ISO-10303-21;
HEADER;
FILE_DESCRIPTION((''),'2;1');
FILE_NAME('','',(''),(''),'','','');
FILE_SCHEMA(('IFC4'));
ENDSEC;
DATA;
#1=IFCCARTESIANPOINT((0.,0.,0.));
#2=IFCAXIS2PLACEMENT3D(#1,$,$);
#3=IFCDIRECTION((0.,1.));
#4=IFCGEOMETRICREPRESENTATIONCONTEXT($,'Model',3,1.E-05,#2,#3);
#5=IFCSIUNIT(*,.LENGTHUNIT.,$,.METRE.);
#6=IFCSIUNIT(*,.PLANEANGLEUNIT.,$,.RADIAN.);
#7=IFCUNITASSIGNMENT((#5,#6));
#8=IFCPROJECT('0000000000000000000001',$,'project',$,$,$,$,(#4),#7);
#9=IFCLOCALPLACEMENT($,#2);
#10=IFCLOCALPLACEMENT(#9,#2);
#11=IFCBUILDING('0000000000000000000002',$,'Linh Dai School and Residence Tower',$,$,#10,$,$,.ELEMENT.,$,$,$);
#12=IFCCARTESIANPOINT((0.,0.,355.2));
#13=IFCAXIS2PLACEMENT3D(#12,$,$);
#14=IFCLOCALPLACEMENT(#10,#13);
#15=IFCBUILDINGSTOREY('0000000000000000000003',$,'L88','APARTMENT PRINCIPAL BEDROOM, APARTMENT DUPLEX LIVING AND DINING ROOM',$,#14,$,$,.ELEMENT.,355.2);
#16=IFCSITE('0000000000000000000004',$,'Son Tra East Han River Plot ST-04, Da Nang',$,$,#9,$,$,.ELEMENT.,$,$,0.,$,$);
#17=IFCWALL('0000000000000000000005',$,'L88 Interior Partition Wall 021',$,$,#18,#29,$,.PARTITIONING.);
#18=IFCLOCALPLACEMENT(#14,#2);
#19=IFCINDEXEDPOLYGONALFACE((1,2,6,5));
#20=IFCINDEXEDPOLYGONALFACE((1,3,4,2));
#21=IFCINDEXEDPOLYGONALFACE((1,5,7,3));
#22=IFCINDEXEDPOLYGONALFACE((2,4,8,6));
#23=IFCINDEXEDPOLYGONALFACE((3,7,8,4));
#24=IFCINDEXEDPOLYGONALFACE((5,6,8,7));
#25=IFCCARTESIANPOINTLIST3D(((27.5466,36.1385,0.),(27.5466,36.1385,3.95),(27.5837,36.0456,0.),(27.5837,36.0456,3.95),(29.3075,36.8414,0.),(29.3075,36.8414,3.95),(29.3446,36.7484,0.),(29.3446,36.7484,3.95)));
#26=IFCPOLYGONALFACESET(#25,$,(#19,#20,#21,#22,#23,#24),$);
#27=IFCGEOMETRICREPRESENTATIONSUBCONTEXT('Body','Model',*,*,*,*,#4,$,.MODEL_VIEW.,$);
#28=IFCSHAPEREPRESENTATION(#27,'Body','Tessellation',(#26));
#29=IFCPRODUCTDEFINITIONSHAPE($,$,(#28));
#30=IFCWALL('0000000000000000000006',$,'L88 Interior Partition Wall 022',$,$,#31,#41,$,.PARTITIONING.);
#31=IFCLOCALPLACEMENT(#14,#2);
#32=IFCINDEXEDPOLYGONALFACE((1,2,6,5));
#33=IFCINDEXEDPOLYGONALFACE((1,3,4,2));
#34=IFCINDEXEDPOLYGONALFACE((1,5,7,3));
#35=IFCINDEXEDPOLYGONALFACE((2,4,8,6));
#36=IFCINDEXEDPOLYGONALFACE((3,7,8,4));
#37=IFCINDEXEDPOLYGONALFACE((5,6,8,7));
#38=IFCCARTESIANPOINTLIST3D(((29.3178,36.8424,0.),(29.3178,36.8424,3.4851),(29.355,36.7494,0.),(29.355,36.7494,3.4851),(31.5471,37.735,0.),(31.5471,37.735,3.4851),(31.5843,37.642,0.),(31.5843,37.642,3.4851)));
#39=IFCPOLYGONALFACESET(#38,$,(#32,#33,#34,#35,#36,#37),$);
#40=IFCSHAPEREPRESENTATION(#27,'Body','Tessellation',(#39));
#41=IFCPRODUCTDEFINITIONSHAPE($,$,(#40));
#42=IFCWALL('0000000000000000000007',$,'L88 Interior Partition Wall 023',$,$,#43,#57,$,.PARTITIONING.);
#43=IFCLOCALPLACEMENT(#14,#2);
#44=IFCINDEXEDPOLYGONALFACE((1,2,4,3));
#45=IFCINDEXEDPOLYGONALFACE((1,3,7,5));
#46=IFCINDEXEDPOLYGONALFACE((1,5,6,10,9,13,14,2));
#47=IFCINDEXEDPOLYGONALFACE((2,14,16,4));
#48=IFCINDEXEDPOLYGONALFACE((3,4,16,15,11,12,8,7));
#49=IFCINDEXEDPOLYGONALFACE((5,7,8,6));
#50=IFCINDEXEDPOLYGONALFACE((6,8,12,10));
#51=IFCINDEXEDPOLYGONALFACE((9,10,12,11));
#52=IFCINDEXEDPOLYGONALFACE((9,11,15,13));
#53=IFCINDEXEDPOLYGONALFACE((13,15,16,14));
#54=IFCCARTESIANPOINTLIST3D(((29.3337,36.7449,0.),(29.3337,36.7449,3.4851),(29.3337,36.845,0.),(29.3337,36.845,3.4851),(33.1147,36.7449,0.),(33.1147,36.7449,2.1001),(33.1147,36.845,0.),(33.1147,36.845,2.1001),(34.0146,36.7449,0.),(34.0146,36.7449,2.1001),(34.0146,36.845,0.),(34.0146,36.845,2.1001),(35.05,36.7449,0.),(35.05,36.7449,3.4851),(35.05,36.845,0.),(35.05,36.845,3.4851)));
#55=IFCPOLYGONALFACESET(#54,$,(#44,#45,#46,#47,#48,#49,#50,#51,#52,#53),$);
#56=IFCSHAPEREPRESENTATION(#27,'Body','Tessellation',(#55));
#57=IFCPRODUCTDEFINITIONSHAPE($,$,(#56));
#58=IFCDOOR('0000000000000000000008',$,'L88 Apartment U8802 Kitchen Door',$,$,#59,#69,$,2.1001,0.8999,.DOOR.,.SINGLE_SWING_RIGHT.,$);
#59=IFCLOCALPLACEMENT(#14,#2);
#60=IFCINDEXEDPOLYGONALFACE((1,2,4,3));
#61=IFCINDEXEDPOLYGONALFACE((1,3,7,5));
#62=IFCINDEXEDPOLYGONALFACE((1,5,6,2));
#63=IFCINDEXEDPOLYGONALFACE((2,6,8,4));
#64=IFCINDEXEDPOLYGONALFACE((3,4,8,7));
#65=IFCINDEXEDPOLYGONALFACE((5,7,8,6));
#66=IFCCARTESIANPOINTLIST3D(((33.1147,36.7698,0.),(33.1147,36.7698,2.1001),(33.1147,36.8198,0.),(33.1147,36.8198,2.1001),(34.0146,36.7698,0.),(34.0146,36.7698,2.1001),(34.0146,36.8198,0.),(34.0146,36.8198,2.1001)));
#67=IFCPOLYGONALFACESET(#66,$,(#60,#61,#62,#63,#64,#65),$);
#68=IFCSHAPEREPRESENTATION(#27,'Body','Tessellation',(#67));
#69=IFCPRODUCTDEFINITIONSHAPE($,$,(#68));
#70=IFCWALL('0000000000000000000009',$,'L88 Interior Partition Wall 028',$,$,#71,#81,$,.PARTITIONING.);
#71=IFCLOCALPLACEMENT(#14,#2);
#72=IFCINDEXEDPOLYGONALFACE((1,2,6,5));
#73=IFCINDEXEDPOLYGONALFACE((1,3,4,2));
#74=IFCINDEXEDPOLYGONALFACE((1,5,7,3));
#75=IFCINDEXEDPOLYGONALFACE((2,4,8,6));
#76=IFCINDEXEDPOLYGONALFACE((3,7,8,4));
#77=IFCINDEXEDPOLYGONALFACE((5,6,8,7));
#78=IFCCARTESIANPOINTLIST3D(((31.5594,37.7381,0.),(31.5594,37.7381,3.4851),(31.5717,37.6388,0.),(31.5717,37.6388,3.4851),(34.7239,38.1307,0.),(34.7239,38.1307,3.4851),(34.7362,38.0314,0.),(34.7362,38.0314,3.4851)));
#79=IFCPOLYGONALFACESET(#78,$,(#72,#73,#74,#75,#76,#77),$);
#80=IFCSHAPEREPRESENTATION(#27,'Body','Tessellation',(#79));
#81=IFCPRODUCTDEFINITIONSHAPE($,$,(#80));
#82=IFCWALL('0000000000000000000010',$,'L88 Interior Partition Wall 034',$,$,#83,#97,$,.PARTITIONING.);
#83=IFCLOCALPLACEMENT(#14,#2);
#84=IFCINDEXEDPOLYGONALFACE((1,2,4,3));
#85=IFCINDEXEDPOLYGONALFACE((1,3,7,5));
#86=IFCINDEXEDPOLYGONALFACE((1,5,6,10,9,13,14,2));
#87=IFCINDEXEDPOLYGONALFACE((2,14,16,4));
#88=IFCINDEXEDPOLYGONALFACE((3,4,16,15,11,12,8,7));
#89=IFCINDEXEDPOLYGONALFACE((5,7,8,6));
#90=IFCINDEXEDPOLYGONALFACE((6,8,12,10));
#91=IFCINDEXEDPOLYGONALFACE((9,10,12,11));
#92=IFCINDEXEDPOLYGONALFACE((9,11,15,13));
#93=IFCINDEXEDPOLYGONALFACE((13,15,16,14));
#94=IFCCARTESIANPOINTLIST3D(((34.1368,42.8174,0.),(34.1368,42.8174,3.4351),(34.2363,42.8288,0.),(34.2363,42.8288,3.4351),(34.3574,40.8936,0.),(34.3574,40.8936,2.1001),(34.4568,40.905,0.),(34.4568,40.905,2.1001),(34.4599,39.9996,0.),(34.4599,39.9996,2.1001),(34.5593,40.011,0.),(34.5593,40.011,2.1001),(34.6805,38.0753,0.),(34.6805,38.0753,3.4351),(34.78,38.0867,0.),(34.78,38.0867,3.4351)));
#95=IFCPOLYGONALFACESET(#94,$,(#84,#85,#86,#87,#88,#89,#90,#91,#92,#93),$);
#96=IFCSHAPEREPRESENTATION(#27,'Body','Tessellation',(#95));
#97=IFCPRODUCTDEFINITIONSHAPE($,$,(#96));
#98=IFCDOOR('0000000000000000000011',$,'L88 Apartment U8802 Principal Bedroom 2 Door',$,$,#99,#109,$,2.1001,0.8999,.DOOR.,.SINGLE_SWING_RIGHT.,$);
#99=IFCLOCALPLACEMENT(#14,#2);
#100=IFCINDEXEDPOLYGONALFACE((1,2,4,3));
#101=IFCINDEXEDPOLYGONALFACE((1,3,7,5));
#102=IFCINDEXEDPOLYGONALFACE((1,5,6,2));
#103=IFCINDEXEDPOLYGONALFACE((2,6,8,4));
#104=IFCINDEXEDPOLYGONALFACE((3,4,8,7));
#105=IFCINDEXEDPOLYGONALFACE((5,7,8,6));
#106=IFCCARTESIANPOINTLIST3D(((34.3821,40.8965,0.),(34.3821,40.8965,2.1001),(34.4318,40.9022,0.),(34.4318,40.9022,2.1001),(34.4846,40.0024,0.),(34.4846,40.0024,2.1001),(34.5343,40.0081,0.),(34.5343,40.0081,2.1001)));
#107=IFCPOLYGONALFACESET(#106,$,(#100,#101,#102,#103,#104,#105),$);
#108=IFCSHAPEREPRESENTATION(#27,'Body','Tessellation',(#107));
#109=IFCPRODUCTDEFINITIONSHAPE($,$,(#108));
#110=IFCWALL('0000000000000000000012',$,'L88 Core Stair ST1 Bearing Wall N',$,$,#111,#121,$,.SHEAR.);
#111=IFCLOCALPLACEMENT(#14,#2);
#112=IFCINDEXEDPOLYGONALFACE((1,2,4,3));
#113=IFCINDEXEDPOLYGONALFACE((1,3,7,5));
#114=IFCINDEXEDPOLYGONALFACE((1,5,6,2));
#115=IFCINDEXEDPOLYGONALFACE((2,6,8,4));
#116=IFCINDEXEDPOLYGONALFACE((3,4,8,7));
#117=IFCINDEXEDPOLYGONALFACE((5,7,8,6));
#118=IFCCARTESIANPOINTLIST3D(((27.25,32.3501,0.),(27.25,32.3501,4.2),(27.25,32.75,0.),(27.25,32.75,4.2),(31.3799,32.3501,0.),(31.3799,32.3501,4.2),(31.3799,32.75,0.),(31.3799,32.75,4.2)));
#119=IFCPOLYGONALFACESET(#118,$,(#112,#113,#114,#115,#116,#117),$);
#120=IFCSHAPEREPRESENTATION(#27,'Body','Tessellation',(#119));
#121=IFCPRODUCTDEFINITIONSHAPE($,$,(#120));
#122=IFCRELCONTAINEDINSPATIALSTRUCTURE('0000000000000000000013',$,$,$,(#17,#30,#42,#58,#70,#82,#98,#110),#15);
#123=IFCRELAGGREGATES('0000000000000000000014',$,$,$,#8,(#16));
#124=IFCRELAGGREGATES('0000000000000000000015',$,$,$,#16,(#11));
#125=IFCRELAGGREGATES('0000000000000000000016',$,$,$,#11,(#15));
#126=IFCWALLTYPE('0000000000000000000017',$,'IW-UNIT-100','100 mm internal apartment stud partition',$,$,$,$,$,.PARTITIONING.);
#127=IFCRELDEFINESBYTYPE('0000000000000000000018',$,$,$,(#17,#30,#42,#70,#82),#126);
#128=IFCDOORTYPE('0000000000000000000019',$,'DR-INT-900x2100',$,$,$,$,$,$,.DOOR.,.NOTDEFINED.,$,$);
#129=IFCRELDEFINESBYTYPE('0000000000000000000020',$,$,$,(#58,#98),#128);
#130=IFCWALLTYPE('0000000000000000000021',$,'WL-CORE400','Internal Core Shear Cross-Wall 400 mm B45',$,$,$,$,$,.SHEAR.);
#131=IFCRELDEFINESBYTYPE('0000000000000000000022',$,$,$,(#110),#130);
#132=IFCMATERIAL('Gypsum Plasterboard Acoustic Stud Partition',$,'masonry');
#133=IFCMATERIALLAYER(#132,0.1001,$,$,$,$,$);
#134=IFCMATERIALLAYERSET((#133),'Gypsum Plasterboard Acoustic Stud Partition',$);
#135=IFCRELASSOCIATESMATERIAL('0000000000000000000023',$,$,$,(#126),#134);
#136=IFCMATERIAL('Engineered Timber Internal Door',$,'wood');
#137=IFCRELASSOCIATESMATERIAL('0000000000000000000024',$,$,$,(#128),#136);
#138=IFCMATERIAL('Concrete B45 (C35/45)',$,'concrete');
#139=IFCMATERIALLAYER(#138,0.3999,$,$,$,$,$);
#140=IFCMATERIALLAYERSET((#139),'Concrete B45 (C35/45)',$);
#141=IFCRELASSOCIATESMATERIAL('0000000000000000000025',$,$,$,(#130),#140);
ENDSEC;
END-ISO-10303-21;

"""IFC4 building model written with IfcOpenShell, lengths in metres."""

from ifc_helpers import new_model, si_unit, direction, frame, frame_2d, origin, origin_2d, place, context, subcontext, project, spatial, rectangle, extrude, source, transform, mapped, material, layer, layer_set, type_object, element, fill, save


model = new_model("IFC4")

# Units and contexts
model_context = context("Model", 3, precision=1e-05, world=origin(), true_north=direction((0.0, 1.0)))
body_context = subcontext(model_context, "Body", "Model", "MODEL_VIEW")
ifc_project = project(units=[si_unit("LENGTHUNIT", "METRE"), si_unit("PLANEANGLEUNIT", "RADIAN")], contexts=[model_context])

# Site, building, storey
site_placement = place(None, origin())
site = spatial("IfcSite", under=ifc_project, at=site_placement, Name="Son Tra East Han River Plot ST-04, Da Nang", CompositionType="ELEMENT", RefElevation=0.0)
building_placement = place(site_placement, origin())
building = spatial("IfcBuilding", under=site, at=building_placement, Name="Linh Dai School and Residence Tower", CompositionType="ELEMENT")
storey_placement = place(building_placement, frame((0.0, 0.0, 355.2)))
storey = spatial("IfcBuildingStorey", under=building, at=storey_placement, Name="L88", Description="APARTMENT PRINCIPAL BEDROOM, APARTMENT DUPLEX LIVING AND DINING ROOM", CompositionType="ELEMENT", Elevation=355.2)

# Shared definitions
ifc_material_1 = material(Name="Concrete B45 (C35/45)", Category="concrete")

# Walls
ifc_material_2 = material(Name="Gypsum Plasterboard Acoustic Stud Partition", Category="masonry")
ifc_layer_1 = layer(ifc_material_2, 0.1001)
ifc_layer_set_1 = layer_set([ifc_layer_1], Name="Gypsum Plasterboard Acoustic Stud Partition")
wall_type_1 = type_object("IfcWallType", Name="IW-UNIT-100", Description="100 mm internal apartment stud partition", PredefinedType="PARTITIONING", material=ifc_layer_set_1)
wall_1_placement = place(storey_placement, frame((27.5652, 36.092, 0.0), z_axis=(0.0, 0.0, 1.0), x_axis=(0.928752, 0.370702, 0.0)))
element("IfcWall", 1, at=wall_1_placement, inside=storey, type_object=wall_type_1, Name="L88 Interior Partition Wall 021", PredefinedType="PARTITIONING", context=body_context, shape_type="SweptSolid", body=[
    extrude(rectangle(XDim=1.896, YDim=0.1001, at=frame_2d((0.948, 0.0))), origin(), (0.0, 0.0, 1.0), 3.95),
])
wall_2_placement = place(storey_placement, frame((29.3364, 36.7959, 0.0), z_axis=(0.0, 0.0, 1.0), x_axis=(0.92835, 0.371706, 0.0)))
element("IfcWall", 2, at=wall_2_placement, inside=storey, type_object=wall_type_1, Name="L88 Interior Partition Wall 022", PredefinedType="PARTITIONING", context=body_context, shape_type="SweptSolid", body=[
    extrude(rectangle(XDim=2.4014, YDim=0.1001, at=frame_2d((1.2007, 0.0))), origin(), (0.0, 0.0, 1.0), 3.4851),
])

# Wall, opening, door
wall_3_placement = place(storey_placement, frame((29.3337, 36.7949, 0.0), z_axis=(0.0, 0.0, 1.0), x_axis=(1.0, 0.0, 0.0)))
wall_3 = element("IfcWall", 3, at=wall_3_placement, inside=storey, type_object=wall_type_1, Name="L88 Interior Partition Wall 023", PredefinedType="PARTITIONING", context=body_context, shape_type="SweptSolid", body=[
    extrude(rectangle(XDim=5.7163, YDim=0.1001, at=frame_2d((2.8582, 0.0))), origin(), (0.0, 0.0, 1.0), 3.4851),
])
opening_1_placement = place(wall_3_placement, frame((3.781, 0.0, 0.0)))
opening_1 = element("IfcOpeningElement", 4, at=opening_1_placement, cuts=wall_3, PredefinedType="OPENING", context=body_context, shape_type="SweptSolid", body=[
    extrude(rectangle(XDim=0.8999, YDim=2.1001, at=origin_2d()), frame((0.45, 0.0601, 1.05), z_axis=(0.0, -1.0, 0.0), x_axis=(1.0, 0.0, 0.0)), (0.0, 0.0, 1.0), 0.1201),
])
ifc_material_3 = material(Name="Engineered Timber Internal Door", Category="wood")
door_type_1 = type_object("IfcDoorType", Name="DR-INT-900x2100", OperationType="NOTDEFINED", PredefinedType="DOOR", material=ifc_material_3)
shared_shape_1 = source(origin(), body_context, "Body", "SweptSolid", [
    extrude(rectangle(XDim=0.8999, YDim=2.1001, at=origin_2d()), frame((0.45, 0.0249, 1.05), z_axis=(0.0, -1.0, 0.0), x_axis=(1.0, 0.0, 0.0)), (0.0, 0.0, 1.0), 0.05),
])
door_1_placement = place(opening_1_placement, origin())
door_1 = element("IfcDoor", 5, at=door_1_placement, inside=storey, type_object=door_type_1, Name="L88 Apartment U8802 Kitchen Door", OperationType="SINGLE_SWING_RIGHT", OverallHeight=2.1001, OverallWidth=0.8999, PredefinedType="DOOR", context=body_context, shape_type="MappedRepresentation", body=[
    mapped(shared_shape_1, transform((0.0, 0.0, 0.0), x_axis=(1.0, 0.0, 0.0), y_axis=(0.0, 1.0, 0.0), z_axis=(0.0, 0.0, 1.0), scale=1.0)),
])
fill(opening_1, door_1)

# Wall
wall_4_placement = place(storey_placement, frame((31.5657, 37.6885, 0.0), z_axis=(0.0, 0.0, 1.0), x_axis=(0.992393, 0.123111, 0.0)))
element("IfcWall", 6, at=wall_4_placement, inside=storey, type_object=wall_type_1, Name="L88 Interior Partition Wall 028", PredefinedType="PARTITIONING", context=body_context, shape_type="SweptSolid", body=[
    extrude(rectangle(XDim=3.1887, YDim=0.1001, at=frame_2d((1.5942, 0.0))), origin(), (0.0, 0.0, 1.0), 3.4851),
])

# Wall, opening, door
wall_5_placement = place(storey_placement, frame((34.1865, 42.8232, 0.0), z_axis=(0.0, 0.0, 1.0), x_axis=(0.113906, -0.993492, 0.0)))
wall_5 = element("IfcWall", 7, at=wall_5_placement, inside=storey, type_object=wall_type_1, Name="L88 Interior Partition Wall 034", PredefinedType="PARTITIONING", context=body_context, shape_type="SweptSolid", body=[
    extrude(rectangle(XDim=4.7732, YDim=0.1001, at=frame_2d((2.3867, 0.0))), origin(), (0.0, 0.0, 1.0), 3.4351),
])
opening_2_placement = place(wall_5_placement, frame((1.9365, 0.0, 0.0)))
opening_2 = element("IfcOpeningElement", 8, at=opening_2_placement, cuts=wall_5, PredefinedType="OPENING", context=body_context, shape_type="SweptSolid", body=[
    extrude(rectangle(XDim=0.8999, YDim=2.1001, at=origin_2d()), frame((0.45, 0.0601, 1.05), z_axis=(0.0, -1.0, 0.0), x_axis=(1.0, 0.0, 0.0)), (0.0, 0.0, 1.0), 0.1201),
])
door_2_placement = place(opening_2_placement, origin())
door_2 = element("IfcDoor", 9, at=door_2_placement, inside=storey, type_object=door_type_1, Name="L88 Apartment U8802 Principal Bedroom 2 Door", OperationType="SINGLE_SWING_RIGHT", OverallHeight=2.1001, OverallWidth=0.8999, PredefinedType="DOOR", context=body_context, shape_type="MappedRepresentation", body=[
    mapped(shared_shape_1, transform((0.0, 0.0, 0.0), x_axis=(1.0, 0.0, 0.0), y_axis=(0.0, 1.0, 0.0), z_axis=(0.0, 0.0, 1.0), scale=1.0)),
])
fill(opening_2, door_2)

# Wall
ifc_layer_2 = layer(ifc_material_1, 0.3999)
ifc_layer_set_2 = layer_set([ifc_layer_2], Name="Concrete B45 (C35/45)")
wall_type_2 = type_object("IfcWallType", Name="WL-CORE400", Description="Internal Core Shear Cross-Wall 400 mm B45", PredefinedType="SHEAR", material=ifc_layer_set_2)
wall_6_placement = place(storey_placement, frame((27.25, 32.55, 0.0), z_axis=(0.0, 0.0, 1.0), x_axis=(1.0, 0.0, 0.0)))
element("IfcWall", 10, at=wall_6_placement, inside=storey, type_object=wall_type_2, Name="L88 Core Stair ST1 Bearing Wall N", PredefinedType="SHEAR", context=body_context, shape_type="SweptSolid", body=[
    extrude(rectangle(XDim=4.1299, YDim=0.3999, at=frame_2d((2.0649, 0.0))), origin(), (0.0, 0.0, 1.0), 4.2),
])

save(model, "model.ifc")
